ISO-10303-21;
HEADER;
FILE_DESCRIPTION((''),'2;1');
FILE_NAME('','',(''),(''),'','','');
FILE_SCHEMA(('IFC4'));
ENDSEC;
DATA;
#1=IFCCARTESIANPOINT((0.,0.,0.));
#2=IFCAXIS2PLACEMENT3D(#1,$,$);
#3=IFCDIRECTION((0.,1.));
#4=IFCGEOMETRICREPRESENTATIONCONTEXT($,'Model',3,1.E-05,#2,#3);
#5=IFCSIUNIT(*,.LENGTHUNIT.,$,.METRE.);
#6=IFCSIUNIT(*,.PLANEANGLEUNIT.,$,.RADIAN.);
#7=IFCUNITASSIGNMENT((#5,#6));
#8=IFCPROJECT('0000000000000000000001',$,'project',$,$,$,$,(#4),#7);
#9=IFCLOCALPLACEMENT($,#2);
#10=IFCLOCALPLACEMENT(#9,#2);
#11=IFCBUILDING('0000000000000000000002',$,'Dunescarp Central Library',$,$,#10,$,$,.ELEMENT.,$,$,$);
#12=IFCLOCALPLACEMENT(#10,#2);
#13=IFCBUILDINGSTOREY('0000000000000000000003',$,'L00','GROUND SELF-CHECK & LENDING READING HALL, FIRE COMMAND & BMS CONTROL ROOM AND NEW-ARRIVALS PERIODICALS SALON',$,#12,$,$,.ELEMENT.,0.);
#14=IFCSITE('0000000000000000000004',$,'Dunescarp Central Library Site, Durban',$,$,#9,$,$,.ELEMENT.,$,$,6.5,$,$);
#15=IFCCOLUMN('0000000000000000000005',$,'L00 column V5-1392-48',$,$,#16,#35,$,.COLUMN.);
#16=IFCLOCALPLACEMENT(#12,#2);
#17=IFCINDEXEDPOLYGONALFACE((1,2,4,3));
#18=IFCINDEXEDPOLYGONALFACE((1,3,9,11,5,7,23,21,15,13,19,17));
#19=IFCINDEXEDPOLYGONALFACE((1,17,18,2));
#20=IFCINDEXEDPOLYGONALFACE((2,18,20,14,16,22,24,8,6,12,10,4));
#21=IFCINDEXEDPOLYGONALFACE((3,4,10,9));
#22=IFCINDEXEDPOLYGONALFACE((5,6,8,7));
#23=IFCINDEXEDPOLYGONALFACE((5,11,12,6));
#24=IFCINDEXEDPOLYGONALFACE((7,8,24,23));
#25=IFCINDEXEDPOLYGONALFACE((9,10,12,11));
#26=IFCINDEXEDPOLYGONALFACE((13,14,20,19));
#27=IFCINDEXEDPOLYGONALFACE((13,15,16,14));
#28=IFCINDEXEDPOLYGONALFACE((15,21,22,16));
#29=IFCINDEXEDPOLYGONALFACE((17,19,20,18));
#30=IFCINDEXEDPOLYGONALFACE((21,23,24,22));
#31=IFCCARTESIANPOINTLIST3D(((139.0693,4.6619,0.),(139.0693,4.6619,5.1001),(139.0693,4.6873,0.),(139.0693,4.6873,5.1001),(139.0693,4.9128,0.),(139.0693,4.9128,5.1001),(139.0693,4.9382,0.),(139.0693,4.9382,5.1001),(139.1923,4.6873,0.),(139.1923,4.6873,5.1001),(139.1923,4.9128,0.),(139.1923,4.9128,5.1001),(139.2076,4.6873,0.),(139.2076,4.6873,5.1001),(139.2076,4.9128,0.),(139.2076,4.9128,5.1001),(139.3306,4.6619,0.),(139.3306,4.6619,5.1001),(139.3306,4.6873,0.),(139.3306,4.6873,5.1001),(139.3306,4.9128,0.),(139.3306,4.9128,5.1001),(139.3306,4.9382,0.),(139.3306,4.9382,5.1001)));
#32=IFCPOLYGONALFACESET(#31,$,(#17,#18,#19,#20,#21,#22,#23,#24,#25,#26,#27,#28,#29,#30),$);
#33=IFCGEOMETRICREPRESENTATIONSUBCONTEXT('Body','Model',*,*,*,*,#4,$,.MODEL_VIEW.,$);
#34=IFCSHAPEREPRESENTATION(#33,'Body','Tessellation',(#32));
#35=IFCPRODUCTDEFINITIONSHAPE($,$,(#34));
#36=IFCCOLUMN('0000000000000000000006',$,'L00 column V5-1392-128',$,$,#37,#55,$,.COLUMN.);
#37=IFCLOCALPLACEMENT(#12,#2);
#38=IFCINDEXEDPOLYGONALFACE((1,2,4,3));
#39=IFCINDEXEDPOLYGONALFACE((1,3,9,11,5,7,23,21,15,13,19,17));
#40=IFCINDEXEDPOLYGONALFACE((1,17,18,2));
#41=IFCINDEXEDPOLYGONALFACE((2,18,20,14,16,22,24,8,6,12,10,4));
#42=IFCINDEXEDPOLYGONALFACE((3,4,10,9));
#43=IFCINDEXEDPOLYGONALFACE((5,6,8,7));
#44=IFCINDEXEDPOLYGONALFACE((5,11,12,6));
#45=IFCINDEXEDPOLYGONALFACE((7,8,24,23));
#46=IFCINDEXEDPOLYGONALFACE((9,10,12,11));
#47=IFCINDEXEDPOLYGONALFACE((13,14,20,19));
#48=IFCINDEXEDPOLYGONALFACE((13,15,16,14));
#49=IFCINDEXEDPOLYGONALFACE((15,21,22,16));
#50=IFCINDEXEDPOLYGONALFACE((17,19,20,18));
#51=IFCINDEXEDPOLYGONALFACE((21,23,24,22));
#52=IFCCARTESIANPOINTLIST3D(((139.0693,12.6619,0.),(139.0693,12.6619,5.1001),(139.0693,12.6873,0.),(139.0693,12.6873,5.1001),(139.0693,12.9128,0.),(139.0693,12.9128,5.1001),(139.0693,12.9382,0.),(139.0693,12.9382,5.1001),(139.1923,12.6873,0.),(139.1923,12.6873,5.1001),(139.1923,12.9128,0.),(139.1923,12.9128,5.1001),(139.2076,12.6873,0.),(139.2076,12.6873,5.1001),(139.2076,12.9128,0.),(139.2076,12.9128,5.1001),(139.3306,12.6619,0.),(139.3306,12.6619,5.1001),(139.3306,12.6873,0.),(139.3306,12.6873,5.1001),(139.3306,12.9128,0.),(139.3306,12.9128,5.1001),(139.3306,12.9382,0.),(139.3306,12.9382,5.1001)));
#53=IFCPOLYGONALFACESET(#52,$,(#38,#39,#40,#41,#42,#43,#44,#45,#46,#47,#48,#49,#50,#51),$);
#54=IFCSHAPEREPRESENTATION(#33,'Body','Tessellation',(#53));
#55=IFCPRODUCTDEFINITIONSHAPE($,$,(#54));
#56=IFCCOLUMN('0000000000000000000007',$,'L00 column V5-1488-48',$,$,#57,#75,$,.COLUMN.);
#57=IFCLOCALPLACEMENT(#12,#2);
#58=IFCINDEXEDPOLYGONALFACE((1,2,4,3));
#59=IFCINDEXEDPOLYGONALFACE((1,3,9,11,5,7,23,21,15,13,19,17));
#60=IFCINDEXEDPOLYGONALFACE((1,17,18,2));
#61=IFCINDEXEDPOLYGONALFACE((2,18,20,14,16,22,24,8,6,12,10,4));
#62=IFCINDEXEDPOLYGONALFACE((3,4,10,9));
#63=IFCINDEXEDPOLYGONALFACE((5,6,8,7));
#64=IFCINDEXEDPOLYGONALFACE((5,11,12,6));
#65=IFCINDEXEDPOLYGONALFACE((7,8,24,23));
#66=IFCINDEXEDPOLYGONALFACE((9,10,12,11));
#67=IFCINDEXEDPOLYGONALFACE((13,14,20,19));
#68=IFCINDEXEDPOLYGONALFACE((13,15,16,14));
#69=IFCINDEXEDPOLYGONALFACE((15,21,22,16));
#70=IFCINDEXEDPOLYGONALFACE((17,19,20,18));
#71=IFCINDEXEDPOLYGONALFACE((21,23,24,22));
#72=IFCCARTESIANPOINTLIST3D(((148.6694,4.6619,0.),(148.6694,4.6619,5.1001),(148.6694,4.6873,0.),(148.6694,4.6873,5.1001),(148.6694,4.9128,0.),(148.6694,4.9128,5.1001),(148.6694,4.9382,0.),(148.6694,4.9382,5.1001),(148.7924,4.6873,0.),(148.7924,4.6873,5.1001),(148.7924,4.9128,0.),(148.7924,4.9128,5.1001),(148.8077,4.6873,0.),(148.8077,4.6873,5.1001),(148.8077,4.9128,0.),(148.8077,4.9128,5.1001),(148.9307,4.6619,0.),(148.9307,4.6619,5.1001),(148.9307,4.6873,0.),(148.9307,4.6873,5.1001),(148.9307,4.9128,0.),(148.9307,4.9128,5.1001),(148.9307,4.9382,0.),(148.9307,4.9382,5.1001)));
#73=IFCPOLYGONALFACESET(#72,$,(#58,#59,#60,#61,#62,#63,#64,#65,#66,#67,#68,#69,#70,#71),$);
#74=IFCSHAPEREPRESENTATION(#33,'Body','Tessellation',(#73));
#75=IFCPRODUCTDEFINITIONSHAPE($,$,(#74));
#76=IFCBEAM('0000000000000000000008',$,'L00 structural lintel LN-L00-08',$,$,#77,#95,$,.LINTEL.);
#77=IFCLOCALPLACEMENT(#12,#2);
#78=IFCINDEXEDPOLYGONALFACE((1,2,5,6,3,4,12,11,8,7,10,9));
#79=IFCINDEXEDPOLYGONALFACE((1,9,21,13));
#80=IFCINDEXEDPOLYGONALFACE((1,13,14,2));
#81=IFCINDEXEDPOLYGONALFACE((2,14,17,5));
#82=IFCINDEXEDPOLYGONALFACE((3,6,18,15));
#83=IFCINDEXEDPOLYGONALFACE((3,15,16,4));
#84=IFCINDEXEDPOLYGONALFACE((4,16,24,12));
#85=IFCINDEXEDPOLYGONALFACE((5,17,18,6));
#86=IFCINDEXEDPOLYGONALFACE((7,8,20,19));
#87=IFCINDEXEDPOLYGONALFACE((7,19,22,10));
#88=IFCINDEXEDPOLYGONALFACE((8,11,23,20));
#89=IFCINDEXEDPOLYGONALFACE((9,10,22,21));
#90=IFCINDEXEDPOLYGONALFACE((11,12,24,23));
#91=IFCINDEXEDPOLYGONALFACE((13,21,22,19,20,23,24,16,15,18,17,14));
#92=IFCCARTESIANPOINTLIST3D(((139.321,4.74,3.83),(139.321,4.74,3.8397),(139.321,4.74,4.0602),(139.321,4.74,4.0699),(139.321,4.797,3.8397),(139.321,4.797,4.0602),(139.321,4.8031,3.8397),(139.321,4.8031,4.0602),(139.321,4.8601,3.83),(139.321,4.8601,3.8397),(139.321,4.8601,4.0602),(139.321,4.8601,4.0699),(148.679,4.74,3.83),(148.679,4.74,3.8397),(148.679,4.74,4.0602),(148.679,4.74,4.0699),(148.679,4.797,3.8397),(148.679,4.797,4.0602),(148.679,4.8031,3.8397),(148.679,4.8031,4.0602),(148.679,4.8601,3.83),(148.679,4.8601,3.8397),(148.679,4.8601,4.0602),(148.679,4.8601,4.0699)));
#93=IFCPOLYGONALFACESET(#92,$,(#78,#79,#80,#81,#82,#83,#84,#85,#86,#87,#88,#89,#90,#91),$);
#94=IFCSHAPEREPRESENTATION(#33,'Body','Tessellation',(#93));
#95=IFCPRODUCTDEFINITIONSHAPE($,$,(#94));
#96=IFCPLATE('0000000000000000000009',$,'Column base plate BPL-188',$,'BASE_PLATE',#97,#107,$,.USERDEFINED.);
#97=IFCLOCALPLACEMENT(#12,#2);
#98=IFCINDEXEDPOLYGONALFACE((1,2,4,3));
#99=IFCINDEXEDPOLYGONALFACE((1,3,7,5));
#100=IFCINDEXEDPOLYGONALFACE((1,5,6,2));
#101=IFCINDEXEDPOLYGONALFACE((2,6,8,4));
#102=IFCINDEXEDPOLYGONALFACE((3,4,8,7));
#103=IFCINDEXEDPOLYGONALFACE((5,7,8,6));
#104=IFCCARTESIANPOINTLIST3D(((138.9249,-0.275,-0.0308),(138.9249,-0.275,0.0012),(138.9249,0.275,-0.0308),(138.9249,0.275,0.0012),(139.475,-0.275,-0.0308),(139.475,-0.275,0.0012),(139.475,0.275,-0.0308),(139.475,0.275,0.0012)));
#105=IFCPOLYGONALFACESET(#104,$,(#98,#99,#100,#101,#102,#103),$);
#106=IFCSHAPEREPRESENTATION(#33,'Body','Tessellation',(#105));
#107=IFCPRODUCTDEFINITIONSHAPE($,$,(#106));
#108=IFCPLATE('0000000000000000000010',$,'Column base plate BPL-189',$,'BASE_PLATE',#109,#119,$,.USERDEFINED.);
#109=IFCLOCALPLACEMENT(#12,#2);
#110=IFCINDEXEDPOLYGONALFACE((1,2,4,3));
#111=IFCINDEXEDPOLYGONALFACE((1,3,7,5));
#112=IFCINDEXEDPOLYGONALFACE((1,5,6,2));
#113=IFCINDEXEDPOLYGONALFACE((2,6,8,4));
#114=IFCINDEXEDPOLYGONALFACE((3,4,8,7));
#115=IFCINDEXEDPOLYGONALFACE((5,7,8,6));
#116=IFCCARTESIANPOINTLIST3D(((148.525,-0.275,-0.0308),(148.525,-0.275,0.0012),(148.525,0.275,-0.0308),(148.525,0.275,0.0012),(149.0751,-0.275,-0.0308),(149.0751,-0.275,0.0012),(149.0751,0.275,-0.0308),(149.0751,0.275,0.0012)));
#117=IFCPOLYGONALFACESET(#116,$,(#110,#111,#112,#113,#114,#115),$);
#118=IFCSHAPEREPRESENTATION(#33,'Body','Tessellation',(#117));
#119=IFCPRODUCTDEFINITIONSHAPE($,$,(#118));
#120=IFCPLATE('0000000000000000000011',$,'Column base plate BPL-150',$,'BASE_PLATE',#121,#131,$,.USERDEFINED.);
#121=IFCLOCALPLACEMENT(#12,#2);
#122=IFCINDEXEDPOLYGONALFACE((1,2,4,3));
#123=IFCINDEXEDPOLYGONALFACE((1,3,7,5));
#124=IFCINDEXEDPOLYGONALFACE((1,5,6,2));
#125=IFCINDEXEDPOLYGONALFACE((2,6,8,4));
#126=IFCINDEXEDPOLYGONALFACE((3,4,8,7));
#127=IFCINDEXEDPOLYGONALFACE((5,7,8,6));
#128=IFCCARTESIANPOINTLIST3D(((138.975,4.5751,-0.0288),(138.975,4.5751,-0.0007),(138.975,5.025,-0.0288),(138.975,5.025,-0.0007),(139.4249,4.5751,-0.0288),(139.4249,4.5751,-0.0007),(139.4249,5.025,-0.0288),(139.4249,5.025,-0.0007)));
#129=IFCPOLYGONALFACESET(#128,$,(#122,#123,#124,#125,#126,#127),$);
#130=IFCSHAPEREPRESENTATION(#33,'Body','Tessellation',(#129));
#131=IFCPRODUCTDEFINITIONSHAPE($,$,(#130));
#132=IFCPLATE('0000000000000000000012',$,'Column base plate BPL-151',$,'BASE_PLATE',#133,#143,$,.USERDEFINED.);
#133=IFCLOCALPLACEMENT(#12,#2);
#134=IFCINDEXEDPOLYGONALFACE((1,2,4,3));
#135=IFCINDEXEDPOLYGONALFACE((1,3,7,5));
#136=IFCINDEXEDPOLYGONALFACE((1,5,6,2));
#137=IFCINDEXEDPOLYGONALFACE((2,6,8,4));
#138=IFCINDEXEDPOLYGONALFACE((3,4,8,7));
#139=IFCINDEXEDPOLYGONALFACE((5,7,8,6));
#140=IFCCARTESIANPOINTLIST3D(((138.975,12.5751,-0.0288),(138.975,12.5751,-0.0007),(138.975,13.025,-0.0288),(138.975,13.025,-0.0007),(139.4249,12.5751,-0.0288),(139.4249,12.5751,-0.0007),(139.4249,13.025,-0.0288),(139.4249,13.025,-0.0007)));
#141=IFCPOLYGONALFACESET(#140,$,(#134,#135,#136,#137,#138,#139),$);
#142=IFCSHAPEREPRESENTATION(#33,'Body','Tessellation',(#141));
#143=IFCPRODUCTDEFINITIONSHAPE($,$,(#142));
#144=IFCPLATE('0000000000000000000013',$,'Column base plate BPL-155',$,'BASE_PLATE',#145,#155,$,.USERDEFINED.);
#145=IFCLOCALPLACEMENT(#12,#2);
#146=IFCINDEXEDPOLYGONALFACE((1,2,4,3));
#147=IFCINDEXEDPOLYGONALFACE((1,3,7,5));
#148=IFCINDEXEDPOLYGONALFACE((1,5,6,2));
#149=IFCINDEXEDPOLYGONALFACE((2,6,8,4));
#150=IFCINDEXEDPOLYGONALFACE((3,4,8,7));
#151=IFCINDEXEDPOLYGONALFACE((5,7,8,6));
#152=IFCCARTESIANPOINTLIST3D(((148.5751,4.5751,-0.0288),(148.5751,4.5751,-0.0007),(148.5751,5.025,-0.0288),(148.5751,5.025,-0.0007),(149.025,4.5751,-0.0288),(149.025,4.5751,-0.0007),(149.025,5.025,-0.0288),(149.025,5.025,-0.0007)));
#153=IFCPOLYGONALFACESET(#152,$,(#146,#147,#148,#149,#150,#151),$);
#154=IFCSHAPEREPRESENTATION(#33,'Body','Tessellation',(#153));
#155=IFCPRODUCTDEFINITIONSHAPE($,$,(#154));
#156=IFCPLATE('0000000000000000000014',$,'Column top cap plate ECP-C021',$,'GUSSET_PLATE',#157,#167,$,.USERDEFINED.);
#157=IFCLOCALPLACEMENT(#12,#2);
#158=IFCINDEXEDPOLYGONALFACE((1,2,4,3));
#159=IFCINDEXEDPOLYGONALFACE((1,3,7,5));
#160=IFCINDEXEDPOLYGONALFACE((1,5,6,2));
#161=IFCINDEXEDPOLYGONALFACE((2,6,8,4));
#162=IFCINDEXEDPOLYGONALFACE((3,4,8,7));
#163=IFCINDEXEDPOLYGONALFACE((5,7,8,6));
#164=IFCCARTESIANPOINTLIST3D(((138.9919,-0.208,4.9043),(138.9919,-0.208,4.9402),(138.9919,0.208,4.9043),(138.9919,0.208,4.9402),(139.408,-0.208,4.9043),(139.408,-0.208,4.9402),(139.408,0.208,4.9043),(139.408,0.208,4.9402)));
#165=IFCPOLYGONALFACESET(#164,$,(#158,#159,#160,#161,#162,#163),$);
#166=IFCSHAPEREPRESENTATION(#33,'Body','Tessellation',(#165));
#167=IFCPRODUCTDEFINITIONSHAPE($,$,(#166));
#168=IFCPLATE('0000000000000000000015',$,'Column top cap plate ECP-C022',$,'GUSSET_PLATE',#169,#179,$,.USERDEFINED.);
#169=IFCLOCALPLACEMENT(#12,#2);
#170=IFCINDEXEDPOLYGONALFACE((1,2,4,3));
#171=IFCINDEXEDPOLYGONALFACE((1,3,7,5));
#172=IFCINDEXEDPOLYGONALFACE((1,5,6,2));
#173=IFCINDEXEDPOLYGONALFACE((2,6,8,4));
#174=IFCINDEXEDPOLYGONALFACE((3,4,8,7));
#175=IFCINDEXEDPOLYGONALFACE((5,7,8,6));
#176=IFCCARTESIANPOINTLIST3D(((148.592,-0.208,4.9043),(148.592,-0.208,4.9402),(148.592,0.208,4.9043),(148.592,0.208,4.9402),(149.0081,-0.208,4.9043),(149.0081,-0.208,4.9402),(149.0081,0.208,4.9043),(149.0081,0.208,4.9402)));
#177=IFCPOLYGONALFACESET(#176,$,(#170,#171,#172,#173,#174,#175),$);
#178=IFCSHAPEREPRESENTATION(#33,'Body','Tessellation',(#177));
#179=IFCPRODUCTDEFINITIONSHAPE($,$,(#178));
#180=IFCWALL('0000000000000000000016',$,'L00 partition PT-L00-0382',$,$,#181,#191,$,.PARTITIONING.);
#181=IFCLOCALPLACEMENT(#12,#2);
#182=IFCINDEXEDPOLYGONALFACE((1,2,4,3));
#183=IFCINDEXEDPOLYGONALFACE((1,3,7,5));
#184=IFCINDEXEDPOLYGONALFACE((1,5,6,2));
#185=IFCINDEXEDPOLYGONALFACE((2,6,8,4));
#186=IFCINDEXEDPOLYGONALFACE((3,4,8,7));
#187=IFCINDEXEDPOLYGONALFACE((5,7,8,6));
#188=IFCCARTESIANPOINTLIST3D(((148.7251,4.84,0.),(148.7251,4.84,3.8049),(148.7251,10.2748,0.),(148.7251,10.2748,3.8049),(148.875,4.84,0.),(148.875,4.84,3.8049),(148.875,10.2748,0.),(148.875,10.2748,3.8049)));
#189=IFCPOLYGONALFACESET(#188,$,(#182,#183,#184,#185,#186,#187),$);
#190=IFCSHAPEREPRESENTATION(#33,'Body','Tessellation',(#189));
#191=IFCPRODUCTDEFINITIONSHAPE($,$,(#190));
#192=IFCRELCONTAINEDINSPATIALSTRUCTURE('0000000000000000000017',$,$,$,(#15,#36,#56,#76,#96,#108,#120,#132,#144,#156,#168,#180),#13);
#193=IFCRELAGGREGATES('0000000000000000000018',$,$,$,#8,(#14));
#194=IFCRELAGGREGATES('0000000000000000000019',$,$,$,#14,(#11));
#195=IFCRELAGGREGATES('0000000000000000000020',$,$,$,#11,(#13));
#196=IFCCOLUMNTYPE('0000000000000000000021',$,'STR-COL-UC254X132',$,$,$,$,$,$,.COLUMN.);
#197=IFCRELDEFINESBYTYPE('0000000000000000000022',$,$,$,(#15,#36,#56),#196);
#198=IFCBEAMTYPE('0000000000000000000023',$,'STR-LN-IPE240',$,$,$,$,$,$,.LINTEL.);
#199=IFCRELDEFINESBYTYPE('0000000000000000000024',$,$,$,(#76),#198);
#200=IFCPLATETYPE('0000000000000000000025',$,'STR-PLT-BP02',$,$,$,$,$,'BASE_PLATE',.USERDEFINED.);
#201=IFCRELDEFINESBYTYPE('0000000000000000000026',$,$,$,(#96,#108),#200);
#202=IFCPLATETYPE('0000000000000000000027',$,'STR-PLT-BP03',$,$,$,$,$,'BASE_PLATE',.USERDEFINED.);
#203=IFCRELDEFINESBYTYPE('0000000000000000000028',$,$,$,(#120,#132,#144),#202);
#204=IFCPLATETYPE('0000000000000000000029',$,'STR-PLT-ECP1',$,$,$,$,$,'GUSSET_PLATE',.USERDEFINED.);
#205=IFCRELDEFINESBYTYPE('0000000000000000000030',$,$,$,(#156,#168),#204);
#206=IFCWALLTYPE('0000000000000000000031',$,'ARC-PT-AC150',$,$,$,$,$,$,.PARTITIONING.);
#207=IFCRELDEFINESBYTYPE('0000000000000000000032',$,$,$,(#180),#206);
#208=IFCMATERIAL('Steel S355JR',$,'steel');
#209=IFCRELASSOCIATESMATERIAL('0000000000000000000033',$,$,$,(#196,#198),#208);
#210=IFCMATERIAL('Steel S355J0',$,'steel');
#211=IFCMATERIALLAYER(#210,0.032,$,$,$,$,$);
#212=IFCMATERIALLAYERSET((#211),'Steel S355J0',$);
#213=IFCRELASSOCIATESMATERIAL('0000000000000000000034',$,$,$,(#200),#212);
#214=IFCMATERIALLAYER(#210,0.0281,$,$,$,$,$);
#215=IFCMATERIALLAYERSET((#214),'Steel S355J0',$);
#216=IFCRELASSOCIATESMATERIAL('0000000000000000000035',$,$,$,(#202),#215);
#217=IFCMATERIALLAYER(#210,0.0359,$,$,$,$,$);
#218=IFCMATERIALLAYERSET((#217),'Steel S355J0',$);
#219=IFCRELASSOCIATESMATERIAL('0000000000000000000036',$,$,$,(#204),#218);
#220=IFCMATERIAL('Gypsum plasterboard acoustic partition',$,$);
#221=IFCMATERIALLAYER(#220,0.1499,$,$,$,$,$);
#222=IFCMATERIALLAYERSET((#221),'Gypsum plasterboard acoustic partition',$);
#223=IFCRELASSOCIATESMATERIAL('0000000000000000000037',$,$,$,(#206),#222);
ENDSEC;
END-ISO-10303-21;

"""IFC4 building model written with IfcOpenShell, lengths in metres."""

from ifc_helpers import new_model, si_unit, direction, frame, frame_2d, origin, origin_2d, place, context, subcontext, project, spatial, rectangle, i_section, extrude, material, layer, layer_set, material_profile, profile_set, type_object, element, save


model = new_model("IFC4")

# Units and contexts
model_context = context("Model", 3, precision=1e-05, world=origin(), true_north=direction((0.0, 1.0)))
body_context = subcontext(model_context, "Body", "Model", "MODEL_VIEW")
ifc_project = project(units=[si_unit("LENGTHUNIT", "METRE"), si_unit("PLANEANGLEUNIT", "RADIAN")], contexts=[model_context])

# Site, building, storey
site_placement = place(None, origin())
site = spatial("IfcSite", under=ifc_project, at=site_placement, Name="Dunescarp Central Library Site, Durban", CompositionType="ELEMENT", RefElevation=6.5)
building_placement = place(site_placement, origin())
building = spatial("IfcBuilding", under=site, at=building_placement, Name="Dunescarp Central Library", CompositionType="ELEMENT")
storey_placement = place(building_placement, origin())
storey = spatial("IfcBuildingStorey", under=building, at=storey_placement, Name="L00", Description="GROUND SELF-CHECK & LENDING READING HALL, FIRE COMMAND & BMS CONTROL ROOM AND NEW-ARRIVALS PERIODICALS SALON", CompositionType="ELEMENT", Elevation=0.0)

# Columns
ifc_material_1 = material(Name="Steel S355J0", Category="steel")
ifc_material_2 = material(Name="Steel S355JR", Category="steel")
ifc_material_profile_1 = material_profile(ifc_material_2, i_section(OverallWidth=0.2612, OverallDepth=0.2764, WebThickness=0.0154, FlangeThickness=0.0254, at=origin_2d()), Name="UC 254x254x132")
ifc_profile_set_1 = profile_set([ifc_material_profile_1], Name="Steel S355JR")
column_type_1 = type_object("IfcColumnType", Name="STR-COL-UC254X132", PredefinedType="COLUMN", material=ifc_profile_set_1)
for number, where, z_axis, x_axis, name in (
    (1, (139.2, 4.8, 0.0), (0.0, 0.0, 1.0), (1.0, 0.0, 0.0), "L00 column V5-1392-48"),
    (2, (139.2, 12.8, 0.0), (0.0, 0.0, 1.0), (1.0, 0.0, 0.0), "L00 column V5-1392-128"),
    (3, (148.8, 4.8, 0.0), (0.0, 0.0, 1.0), (1.0, 0.0, 0.0), "L00 column V5-1488-48"),
):
    element("IfcColumn", number, at=place(storey_placement, frame(where, z_axis=z_axis, x_axis=x_axis)), inside=storey, type_object=column_type_1, Name=name, PredefinedType="COLUMN", context=body_context, shape_type="SweptSolid", body=[
        extrude(i_section(OverallWidth=0.2612, OverallDepth=0.2764, WebThickness=0.0154, FlangeThickness=0.0254, at=origin_2d()), origin(), (0.0, 0.0, 1.0), 5.1001),
    ])

# Beam
ifc_material_profile_2 = material_profile(ifc_material_2, i_section(OverallWidth=0.1201, OverallDepth=0.24, WebThickness=0.0061, FlangeThickness=0.0098, at=origin_2d()), Name="IPE 240")
ifc_profile_set_2 = profile_set([ifc_material_profile_2], Name="Steel S355JR")
beam_type = type_object("IfcBeamType", Name="STR-LN-IPE240", PredefinedType="LINTEL", material=ifc_profile_set_2)
beam_placement = place(storey_placement, frame((139.321, 4.8, 3.95), z_axis=(1.0, 0.0, 0.0), x_axis=(0.0, 1.0, 0.0)))
element("IfcBeam", 4, at=beam_placement, inside=storey, type_object=beam_type, Name="L00 structural lintel LN-L00-08", PredefinedType="LINTEL", context=body_context, shape_type="SweptSolid", body=[
    extrude(i_section(OverallWidth=0.1201, OverallDepth=0.24, WebThickness=0.0061, FlangeThickness=0.0098, at=origin_2d()), origin(), (0.0, 0.0, 1.0), 9.3579),
])

# Plates
ifc_layer_1 = layer(ifc_material_1, 0.032)
ifc_layer_set_1 = layer_set([ifc_layer_1], Name="Steel S355J0")
plate_type_1 = type_object("IfcPlateType", Name="STR-PLT-BP02", ElementType="BASE_PLATE", PredefinedType="USERDEFINED", material=ifc_layer_set_1)
for number, where, z_axis, x_axis, name in (
    (5, (139.2, 0.0, -0.0308), (0.0, 0.0, 1.0), (1.0, 0.0, 0.0), "Column base plate BPL-188"),
    (6, (148.8, 0.0, -0.0308), (0.0, 0.0, 1.0), (1.0, 0.0, 0.0), "Column base plate BPL-189"),
):
    element("IfcPlate", number, at=place(storey_placement, frame(where, z_axis=z_axis, x_axis=x_axis)), inside=storey, type_object=plate_type_1, Name=name, ObjectType="BASE_PLATE", PredefinedType="USERDEFINED", context=body_context, shape_type="SweptSolid", body=[
        extrude(rectangle(XDim=0.55, YDim=0.55, at=origin_2d()), origin(), (0.0, 0.0, 1.0), 0.032),
    ])
ifc_layer_2 = layer(ifc_material_1, 0.0281)
ifc_layer_set_2 = layer_set([ifc_layer_2], Name="Steel S355J0")
plate_type_2 = type_object("IfcPlateType", Name="STR-PLT-BP03", ElementType="BASE_PLATE", PredefinedType="USERDEFINED", material=ifc_layer_set_2)
for number, where, z_axis, x_axis, name in (
    (7, (139.2, 4.8, -0.0288), (0.0, 0.0, 1.0), (1.0, 0.0, 0.0), "Column base plate BPL-150"),
    (8, (139.2, 12.8, -0.0288), (0.0, 0.0, 1.0), (1.0, 0.0, 0.0), "Column base plate BPL-151"),
    (9, (148.8, 4.8, -0.0288), (0.0, 0.0, 1.0), (1.0, 0.0, 0.0), "Column base plate BPL-155"),
):
    element("IfcPlate", number, at=place(storey_placement, frame(where, z_axis=z_axis, x_axis=x_axis)), inside=storey, type_object=plate_type_2, Name=name, ObjectType="BASE_PLATE", PredefinedType="USERDEFINED", context=body_context, shape_type="SweptSolid", body=[
        extrude(rectangle(XDim=0.45, YDim=0.45, at=origin_2d()), origin(), (0.0, 0.0, 1.0), 0.0281),
    ])
ifc_layer_3 = layer(ifc_material_1, 0.0359)
ifc_layer_set_3 = layer_set([ifc_layer_3], Name="Steel S355J0")
plate_type_3 = type_object("IfcPlateType", Name="STR-PLT-ECP1", ElementType="GUSSET_PLATE", PredefinedType="USERDEFINED", material=ifc_layer_set_3)
for number, where, z_axis, x_axis, name in (
    (10, (139.2, 0.0, 4.9043), (0.0, 0.0, 1.0), (1.0, 0.0, 0.0), "Column top cap plate ECP-C021"),
    (11, (148.8, 0.0, 4.9043), (0.0, 0.0, 1.0), (1.0, 0.0, 0.0), "Column top cap plate ECP-C022"),
):
    element("IfcPlate", number, at=place(storey_placement, frame(where, z_axis=z_axis, x_axis=x_axis)), inside=storey, type_object=plate_type_3, Name=name, ObjectType="GUSSET_PLATE", PredefinedType="USERDEFINED", context=body_context, shape_type="SweptSolid", body=[
        extrude(rectangle(XDim=0.416, YDim=0.416, at=origin_2d()), origin(), (0.0, 0.0, 1.0), 0.0359),
    ])

# Wall
ifc_material_3 = material(Name="Gypsum plasterboard acoustic partition")
ifc_layer_4 = layer(ifc_material_3, 0.1499)
ifc_layer_set_4 = layer_set([ifc_layer_4], Name="Gypsum plasterboard acoustic partition")
wall_type = type_object("IfcWallType", Name="ARC-PT-AC150", PredefinedType="PARTITIONING", material=ifc_layer_set_4)
wall_1_placement = place(storey_placement, frame((148.8, 4.8401, 0.0), z_axis=(0.0, 0.0, 1.0), x_axis=(0.0, 1.0, 0.0)))
element("IfcWall", 12, at=wall_1_placement, inside=storey, type_object=wall_type, Name="L00 partition PT-L00-0382", PredefinedType="PARTITIONING", context=body_context, shape_type="SweptSolid", body=[
    extrude(rectangle(XDim=5.4348, YDim=0.1499, at=frame_2d((2.7173, 0.0))), origin(), (0.0, 0.0, 1.0), 3.8049),
])

save(model, "model.ifc")
